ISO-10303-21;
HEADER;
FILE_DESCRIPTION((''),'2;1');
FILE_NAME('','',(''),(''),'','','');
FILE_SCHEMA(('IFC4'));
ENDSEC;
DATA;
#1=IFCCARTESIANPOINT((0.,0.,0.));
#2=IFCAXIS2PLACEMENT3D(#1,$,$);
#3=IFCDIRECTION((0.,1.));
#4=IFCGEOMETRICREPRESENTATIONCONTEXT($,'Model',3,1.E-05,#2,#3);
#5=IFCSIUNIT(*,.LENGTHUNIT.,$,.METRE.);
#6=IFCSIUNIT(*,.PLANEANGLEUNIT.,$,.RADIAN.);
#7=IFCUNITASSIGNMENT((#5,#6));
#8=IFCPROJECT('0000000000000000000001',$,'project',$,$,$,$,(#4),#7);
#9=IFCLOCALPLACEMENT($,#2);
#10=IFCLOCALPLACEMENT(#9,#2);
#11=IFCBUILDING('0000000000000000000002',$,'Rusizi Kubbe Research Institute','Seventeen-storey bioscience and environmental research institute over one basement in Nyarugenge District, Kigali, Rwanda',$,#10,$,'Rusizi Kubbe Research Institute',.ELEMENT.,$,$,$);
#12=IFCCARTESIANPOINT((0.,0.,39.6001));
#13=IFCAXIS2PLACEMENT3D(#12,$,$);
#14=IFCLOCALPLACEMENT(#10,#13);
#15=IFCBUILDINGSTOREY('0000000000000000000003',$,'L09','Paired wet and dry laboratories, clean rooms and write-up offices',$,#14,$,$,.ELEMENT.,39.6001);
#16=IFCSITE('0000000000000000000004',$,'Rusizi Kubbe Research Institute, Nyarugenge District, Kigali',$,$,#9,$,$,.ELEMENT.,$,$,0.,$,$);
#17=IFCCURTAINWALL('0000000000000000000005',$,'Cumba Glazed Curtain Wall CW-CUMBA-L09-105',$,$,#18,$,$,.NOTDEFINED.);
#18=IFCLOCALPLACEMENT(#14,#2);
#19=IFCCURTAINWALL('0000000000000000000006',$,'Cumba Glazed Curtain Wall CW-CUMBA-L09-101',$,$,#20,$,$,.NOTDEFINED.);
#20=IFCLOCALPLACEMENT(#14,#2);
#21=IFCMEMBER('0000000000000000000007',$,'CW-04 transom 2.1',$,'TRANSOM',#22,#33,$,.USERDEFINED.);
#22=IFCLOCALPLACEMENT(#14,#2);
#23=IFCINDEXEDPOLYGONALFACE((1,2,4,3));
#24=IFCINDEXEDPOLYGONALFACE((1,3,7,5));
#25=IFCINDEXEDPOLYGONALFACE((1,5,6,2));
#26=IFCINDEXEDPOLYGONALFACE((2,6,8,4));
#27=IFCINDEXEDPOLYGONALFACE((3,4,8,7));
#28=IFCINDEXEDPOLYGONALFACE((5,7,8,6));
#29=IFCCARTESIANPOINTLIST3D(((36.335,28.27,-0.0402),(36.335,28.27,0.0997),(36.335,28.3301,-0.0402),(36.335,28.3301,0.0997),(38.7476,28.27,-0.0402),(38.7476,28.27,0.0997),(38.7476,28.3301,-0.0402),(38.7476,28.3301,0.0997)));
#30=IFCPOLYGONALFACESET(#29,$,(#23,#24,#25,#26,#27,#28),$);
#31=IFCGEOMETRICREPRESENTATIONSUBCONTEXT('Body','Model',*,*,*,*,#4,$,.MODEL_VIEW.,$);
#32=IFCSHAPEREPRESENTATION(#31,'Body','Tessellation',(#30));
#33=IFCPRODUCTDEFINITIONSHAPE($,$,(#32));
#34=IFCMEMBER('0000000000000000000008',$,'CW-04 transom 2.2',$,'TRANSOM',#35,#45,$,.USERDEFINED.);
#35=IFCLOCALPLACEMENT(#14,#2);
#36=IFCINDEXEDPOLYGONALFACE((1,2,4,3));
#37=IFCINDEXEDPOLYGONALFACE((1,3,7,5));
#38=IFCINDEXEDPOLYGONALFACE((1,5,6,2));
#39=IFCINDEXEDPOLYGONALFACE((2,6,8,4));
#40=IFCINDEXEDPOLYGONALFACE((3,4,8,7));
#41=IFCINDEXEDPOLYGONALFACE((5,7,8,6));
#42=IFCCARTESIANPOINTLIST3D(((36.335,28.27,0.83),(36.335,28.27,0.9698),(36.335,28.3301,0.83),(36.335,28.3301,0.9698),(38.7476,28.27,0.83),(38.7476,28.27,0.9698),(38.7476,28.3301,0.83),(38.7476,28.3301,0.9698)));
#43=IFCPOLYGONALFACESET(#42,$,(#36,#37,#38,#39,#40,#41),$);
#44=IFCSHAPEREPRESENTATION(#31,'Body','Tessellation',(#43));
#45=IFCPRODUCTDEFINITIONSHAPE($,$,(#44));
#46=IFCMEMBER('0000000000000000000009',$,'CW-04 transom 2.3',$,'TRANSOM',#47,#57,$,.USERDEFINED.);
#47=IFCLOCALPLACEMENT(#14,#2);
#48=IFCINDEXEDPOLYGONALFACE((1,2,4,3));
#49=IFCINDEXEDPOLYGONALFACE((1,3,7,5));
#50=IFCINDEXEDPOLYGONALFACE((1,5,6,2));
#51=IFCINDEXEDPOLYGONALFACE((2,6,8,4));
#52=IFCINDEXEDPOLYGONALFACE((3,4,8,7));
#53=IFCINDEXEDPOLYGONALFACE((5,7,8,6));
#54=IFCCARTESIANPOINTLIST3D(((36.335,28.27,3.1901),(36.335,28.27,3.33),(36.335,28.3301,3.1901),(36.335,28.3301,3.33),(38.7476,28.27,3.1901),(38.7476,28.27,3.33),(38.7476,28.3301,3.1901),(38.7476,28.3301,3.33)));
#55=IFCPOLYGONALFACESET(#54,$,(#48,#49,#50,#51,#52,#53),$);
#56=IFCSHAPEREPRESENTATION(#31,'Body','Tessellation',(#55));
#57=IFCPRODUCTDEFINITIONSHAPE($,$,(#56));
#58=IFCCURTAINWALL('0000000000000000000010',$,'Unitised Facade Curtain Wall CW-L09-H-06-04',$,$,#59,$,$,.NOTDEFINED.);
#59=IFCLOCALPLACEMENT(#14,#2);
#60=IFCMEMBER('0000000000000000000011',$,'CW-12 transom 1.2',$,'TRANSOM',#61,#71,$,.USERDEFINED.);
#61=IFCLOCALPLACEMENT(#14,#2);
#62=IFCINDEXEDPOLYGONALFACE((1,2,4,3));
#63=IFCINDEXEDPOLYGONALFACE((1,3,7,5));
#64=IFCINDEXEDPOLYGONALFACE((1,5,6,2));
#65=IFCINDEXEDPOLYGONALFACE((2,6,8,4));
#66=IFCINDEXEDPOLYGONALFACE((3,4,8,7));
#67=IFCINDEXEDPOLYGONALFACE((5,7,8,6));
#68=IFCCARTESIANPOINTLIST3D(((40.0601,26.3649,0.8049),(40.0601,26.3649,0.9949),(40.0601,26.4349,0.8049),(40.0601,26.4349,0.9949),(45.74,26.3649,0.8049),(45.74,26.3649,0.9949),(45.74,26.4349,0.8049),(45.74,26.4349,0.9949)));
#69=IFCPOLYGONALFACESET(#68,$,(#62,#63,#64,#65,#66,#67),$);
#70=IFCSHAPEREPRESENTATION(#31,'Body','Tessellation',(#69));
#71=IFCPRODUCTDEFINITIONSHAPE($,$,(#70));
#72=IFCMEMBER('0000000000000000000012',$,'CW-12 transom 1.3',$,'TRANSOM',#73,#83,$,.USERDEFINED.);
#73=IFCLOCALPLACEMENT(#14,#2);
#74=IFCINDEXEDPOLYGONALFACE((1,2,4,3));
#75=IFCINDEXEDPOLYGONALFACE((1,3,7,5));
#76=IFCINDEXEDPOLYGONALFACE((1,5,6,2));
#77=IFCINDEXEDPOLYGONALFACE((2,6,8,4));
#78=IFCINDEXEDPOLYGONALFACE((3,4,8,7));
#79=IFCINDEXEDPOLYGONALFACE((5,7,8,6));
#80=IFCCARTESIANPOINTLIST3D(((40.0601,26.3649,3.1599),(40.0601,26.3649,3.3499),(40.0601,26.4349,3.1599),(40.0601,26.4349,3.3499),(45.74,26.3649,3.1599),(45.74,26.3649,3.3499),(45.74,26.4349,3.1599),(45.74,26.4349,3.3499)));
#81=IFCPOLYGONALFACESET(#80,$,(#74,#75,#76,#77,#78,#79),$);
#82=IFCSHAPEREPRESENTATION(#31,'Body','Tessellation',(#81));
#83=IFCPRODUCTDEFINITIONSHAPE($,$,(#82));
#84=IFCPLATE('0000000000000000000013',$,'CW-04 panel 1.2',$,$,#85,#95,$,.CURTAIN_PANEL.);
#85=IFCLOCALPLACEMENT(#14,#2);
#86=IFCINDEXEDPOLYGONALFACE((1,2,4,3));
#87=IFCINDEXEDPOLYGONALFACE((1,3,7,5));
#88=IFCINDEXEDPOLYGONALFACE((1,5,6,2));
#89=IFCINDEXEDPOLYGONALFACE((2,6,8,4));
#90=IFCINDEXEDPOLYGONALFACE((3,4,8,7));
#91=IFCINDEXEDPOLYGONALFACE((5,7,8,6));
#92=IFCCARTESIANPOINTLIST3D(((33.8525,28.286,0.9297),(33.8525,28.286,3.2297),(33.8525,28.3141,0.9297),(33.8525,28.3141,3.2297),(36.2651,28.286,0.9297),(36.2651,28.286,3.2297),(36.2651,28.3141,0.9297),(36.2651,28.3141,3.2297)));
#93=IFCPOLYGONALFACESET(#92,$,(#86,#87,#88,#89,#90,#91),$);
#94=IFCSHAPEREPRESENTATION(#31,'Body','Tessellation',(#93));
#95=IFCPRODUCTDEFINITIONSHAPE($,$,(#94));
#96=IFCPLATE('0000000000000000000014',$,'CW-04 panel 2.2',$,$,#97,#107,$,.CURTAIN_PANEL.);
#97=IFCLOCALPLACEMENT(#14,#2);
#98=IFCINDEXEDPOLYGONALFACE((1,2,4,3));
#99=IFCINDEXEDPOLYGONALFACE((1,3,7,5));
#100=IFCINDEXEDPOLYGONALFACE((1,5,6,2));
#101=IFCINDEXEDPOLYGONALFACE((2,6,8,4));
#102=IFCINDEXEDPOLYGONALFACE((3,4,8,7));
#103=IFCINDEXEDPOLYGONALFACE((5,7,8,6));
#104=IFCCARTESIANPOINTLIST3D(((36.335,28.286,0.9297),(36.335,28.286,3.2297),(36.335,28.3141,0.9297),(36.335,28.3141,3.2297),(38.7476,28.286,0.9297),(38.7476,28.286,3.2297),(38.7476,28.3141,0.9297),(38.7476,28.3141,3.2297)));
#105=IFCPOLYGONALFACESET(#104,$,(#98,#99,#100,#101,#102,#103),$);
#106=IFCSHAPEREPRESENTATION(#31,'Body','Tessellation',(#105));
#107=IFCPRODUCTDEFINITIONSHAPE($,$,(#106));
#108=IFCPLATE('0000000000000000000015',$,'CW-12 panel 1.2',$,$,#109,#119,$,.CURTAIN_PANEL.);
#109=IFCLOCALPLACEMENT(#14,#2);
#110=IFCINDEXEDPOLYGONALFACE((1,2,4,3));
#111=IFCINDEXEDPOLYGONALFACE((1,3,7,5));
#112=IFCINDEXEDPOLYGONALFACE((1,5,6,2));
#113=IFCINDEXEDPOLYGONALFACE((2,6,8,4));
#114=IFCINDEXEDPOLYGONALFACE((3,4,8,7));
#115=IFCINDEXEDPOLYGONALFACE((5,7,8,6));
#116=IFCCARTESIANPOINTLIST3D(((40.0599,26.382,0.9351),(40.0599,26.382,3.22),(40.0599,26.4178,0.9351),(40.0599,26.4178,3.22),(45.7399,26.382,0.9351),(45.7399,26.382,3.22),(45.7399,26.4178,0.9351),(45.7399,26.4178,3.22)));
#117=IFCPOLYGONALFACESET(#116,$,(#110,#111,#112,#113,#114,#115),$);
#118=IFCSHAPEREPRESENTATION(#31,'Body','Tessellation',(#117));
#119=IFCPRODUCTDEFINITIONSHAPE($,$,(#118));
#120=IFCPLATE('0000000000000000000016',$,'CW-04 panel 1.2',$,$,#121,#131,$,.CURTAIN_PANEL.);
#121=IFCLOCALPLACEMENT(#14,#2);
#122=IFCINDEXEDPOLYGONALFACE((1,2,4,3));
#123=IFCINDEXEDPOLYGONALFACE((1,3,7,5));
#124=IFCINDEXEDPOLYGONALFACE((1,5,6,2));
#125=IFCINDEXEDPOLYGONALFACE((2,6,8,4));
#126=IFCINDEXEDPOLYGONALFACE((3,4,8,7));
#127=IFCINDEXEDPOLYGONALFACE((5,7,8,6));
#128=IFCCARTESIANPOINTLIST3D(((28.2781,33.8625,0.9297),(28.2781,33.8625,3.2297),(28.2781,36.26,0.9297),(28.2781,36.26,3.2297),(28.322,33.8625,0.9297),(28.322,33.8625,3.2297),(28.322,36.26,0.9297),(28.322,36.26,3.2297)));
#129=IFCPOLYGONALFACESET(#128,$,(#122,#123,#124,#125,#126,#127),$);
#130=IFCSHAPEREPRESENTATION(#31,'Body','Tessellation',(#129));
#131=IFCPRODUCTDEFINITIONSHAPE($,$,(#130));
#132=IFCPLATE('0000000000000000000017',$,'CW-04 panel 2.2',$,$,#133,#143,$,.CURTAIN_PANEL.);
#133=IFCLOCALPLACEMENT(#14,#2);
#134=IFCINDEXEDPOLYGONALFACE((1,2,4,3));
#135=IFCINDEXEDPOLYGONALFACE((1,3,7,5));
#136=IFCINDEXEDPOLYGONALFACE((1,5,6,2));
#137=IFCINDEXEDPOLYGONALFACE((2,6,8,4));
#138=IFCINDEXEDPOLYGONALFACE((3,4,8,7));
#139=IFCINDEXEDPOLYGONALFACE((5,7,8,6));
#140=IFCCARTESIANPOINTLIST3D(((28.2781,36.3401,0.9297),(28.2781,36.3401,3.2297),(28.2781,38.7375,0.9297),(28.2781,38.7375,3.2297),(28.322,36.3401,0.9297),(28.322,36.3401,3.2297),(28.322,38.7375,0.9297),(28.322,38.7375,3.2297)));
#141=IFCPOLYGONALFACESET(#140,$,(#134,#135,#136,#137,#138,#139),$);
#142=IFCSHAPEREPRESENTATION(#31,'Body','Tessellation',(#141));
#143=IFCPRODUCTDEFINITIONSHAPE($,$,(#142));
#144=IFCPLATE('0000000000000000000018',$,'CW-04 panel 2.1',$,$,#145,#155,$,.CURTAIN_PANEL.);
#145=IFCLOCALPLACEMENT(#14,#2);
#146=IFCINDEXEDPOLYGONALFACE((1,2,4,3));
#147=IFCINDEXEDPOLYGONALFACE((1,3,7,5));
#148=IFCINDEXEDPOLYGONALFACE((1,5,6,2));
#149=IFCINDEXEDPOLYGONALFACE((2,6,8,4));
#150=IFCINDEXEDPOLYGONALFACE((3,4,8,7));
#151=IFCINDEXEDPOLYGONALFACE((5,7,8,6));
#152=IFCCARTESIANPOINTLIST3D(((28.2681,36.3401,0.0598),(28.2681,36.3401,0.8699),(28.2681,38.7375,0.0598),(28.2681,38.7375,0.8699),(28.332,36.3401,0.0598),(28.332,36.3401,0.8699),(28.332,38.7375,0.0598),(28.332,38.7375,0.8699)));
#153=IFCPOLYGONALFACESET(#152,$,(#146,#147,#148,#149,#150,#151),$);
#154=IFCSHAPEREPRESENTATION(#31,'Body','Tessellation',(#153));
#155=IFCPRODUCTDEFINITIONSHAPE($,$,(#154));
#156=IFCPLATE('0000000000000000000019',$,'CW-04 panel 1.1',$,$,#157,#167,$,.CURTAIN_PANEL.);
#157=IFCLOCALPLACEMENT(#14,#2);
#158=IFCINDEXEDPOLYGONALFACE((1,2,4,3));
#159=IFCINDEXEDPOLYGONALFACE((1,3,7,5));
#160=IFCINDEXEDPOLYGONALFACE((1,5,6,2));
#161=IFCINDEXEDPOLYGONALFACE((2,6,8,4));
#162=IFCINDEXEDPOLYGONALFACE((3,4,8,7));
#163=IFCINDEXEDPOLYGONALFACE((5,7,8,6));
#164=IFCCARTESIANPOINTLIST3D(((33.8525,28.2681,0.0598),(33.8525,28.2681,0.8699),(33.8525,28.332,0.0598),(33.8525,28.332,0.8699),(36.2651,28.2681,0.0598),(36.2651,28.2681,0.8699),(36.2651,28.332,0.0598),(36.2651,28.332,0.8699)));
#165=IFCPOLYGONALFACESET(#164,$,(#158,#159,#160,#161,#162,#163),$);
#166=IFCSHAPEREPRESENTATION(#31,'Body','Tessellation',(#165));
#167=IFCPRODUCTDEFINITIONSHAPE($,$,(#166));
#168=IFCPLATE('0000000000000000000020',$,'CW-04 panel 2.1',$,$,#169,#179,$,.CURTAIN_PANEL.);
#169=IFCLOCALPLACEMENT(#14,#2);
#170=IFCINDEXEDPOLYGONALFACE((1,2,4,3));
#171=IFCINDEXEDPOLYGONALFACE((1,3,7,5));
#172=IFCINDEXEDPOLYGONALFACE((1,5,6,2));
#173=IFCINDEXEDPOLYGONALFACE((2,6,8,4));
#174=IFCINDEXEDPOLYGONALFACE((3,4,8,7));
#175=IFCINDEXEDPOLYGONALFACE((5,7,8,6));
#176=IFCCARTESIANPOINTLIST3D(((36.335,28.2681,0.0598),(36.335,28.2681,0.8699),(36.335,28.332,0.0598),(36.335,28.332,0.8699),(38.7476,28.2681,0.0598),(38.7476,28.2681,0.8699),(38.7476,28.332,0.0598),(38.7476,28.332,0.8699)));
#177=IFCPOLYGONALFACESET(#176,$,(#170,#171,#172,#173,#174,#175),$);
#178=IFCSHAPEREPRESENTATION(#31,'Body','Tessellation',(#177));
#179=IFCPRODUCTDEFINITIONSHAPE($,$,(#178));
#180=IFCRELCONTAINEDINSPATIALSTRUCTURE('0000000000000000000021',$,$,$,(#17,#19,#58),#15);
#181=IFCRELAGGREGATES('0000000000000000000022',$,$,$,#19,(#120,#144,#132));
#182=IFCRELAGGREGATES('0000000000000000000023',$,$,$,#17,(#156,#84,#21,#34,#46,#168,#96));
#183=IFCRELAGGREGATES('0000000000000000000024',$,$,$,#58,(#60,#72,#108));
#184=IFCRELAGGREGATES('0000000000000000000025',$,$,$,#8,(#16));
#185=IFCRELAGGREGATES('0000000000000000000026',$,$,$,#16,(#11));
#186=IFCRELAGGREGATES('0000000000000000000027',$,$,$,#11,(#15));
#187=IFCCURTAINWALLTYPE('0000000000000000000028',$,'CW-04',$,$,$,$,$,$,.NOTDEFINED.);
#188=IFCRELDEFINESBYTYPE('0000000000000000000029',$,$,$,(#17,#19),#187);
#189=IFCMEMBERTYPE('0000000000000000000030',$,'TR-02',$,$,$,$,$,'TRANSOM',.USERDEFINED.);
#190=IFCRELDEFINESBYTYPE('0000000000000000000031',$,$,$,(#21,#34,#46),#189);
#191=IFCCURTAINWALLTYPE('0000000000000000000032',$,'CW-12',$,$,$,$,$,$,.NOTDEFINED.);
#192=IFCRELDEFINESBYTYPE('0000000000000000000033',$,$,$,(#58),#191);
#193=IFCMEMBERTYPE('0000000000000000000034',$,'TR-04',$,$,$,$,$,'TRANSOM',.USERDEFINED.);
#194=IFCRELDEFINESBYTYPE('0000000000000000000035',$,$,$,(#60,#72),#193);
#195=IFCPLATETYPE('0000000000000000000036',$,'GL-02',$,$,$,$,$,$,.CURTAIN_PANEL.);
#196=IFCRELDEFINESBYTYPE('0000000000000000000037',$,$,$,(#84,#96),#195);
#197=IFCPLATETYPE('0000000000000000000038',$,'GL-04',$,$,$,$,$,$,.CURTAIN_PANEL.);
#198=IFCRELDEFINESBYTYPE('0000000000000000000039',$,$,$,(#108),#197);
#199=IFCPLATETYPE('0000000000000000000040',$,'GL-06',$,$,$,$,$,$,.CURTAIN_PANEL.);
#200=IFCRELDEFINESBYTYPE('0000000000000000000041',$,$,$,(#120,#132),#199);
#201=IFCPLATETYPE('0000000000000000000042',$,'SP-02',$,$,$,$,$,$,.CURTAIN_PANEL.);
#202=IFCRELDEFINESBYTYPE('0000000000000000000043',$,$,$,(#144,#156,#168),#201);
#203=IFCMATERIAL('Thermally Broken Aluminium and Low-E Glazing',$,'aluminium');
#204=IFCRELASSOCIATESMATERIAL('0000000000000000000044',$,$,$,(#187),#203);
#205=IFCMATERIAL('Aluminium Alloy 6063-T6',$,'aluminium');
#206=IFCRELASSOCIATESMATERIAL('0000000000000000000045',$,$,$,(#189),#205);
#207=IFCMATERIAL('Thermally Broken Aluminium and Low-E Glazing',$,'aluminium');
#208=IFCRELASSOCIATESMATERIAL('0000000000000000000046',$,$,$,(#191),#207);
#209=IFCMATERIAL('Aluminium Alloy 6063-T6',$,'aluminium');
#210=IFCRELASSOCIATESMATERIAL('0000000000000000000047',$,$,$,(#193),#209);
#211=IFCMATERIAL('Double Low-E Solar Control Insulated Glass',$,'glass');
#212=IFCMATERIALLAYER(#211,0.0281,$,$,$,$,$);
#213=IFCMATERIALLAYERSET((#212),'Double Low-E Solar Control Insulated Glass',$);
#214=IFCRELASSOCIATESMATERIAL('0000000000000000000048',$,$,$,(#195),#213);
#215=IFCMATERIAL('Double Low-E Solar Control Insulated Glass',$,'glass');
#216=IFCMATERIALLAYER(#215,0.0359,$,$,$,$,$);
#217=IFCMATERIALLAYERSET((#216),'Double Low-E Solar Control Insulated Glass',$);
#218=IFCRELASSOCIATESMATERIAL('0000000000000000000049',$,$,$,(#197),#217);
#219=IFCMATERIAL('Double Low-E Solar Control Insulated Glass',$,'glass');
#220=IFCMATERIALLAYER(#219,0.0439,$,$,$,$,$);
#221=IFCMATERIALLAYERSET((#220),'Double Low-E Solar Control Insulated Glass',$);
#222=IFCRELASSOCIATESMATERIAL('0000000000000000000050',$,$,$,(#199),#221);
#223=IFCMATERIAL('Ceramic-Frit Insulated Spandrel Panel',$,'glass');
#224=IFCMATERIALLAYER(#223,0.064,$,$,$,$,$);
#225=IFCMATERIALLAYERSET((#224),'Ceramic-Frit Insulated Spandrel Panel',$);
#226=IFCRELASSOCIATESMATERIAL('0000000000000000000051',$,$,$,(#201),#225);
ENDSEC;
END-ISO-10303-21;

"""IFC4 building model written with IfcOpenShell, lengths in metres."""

from ifc_helpers import new_model, si_unit, direction, frame, origin, origin_2d, place, context, subcontext, project, spatial, rectangle, extrude, material, layer, layer_set, material_profile, profile_set, type_object, element, aggregate, save


model = new_model("IFC4")

# Units and contexts
model_context = context("Model", 3, precision=1e-05, world=origin(), true_north=direction((0.0, 1.0)))
body_context = subcontext(model_context, "Body", "Model", "MODEL_VIEW")
ifc_project = project(units=[si_unit("LENGTHUNIT", "METRE"), si_unit("PLANEANGLEUNIT", "RADIAN")], contexts=[model_context])

# Site, building, storey
site_placement = place(None, origin())
site = spatial("IfcSite", under=ifc_project, at=site_placement, Name="Rusizi Kubbe Research Institute, Nyarugenge District, Kigali", CompositionType="ELEMENT", RefElevation=0.0)
building_placement = place(site_placement, origin())
building = spatial("IfcBuilding", under=site, at=building_placement, Name="Rusizi Kubbe Research Institute", Description="Seventeen-storey bioscience and environmental research institute over one basement in Nyarugenge District, Kigali, Rwanda", LongName="Rusizi Kubbe Research Institute", CompositionType="ELEMENT")
storey_placement = place(building_placement, frame((0.0, 0.0, 39.6001)))
storey = spatial("IfcBuildingStorey", under=building, at=storey_placement, Name="L09", Description="Paired wet and dry laboratories, clean rooms and write-up offices", CompositionType="ELEMENT", Elevation=39.6001)

# Curtain walls
ifc_material_1 = material(Name="Thermally Broken Aluminium and Low-E Glazing", Category="aluminium")
curtain_wall_type_1 = type_object("IfcCurtainWallType", Name="CW-04", PredefinedType="NOTDEFINED", material=ifc_material_1)
curtain_wall_1_placement = place(storey_placement, origin())
curtain_wall_1 = element("IfcCurtainWall", 1, at=curtain_wall_1_placement, inside=storey, type_object=curtain_wall_type_1, Name="Cumba Glazed Curtain Wall CW-CUMBA-L09-105", PredefinedType="NOTDEFINED")
curtain_wall_2_placement = place(storey_placement, origin())
curtain_wall_2 = element("IfcCurtainWall", 2, at=curtain_wall_2_placement, inside=storey, type_object=curtain_wall_type_1, Name="Cumba Glazed Curtain Wall CW-CUMBA-L09-101", PredefinedType="NOTDEFINED")
ifc_material_2 = material(Name="Aluminium Alloy 6063-T6", Category="aluminium")
ifc_material_profile_1 = material_profile(ifc_material_2, rectangle(XDim=0.0601, YDim=0.1399, at=origin_2d()), Name="ALU-T 60x140")
ifc_profile_set_1 = profile_set([ifc_material_profile_1], Name="Aluminium Alloy 6063-T6")
member_type_1 = type_object("IfcMemberType", Name="TR-02", ElementType="TRANSOM", PredefinedType="USERDEFINED", material=ifc_profile_set_1)

# Members
member_1_placement = place(storey_placement, frame((36.335, 28.3, 0.0298), z_axis=(1.0, 0.0, 0.0), x_axis=(0.0, 1.0, 0.0)))
member_1 = element("IfcMember", 3, at=member_1_placement, type_object=member_type_1, Name="CW-04 transom 2.1", ObjectType="TRANSOM", PredefinedType="USERDEFINED", context=body_context, shape_type="SweptSolid", body=[
    extrude(rectangle(XDim=0.0601, YDim=0.1399, at=origin_2d()), origin(), (0.0, 0.0, 1.0), 2.4126),
])
member_2_placement = place(storey_placement, frame((36.335, 28.3, 0.8999), z_axis=(1.0, 0.0, 0.0), x_axis=(0.0, 1.0, 0.0)))
member_2 = element("IfcMember", 4, at=member_2_placement, type_object=member_type_1, Name="CW-04 transom 2.2", ObjectType="TRANSOM", PredefinedType="USERDEFINED", context=body_context, shape_type="SweptSolid", body=[
    extrude(rectangle(XDim=0.0601, YDim=0.1399, at=origin_2d()), origin(), (0.0, 0.0, 1.0), 2.4126),
])
member_3_placement = place(storey_placement, frame((36.335, 28.3, 3.26), z_axis=(1.0, 0.0, 0.0), x_axis=(0.0, 1.0, 0.0)))
member_3 = element("IfcMember", 5, at=member_3_placement, type_object=member_type_1, Name="CW-04 transom 2.3", ObjectType="TRANSOM", PredefinedType="USERDEFINED", context=body_context, shape_type="SweptSolid", body=[
    extrude(rectangle(XDim=0.0601, YDim=0.1399, at=origin_2d()), origin(), (0.0, 0.0, 1.0), 2.4126),
])

# Curtain wall, members
ifc_material_3 = material(Name="Thermally Broken Aluminium and Low-E Glazing", Category="aluminium")
curtain_wall_type_2 = type_object("IfcCurtainWallType", Name="CW-12", PredefinedType="NOTDEFINED", material=ifc_material_3)
curtain_wall_3_placement = place(storey_placement, origin())
curtain_wall_3 = element("IfcCurtainWall", 6, at=curtain_wall_3_placement, inside=storey, type_object=curtain_wall_type_2, Name="Unitised Facade Curtain Wall CW-L09-H-06-04", PredefinedType="NOTDEFINED")
ifc_material_4 = material(Name="Aluminium Alloy 6063-T6", Category="aluminium")
ifc_material_profile_2 = material_profile(ifc_material_4, rectangle(XDim=0.0701, YDim=0.1899, at=origin_2d()), Name="ALU-T 70x190")
ifc_profile_set_2 = profile_set([ifc_material_profile_2], Name="Aluminium Alloy 6063-T6")
member_type_2 = type_object("IfcMemberType", Name="TR-04", ElementType="TRANSOM", PredefinedType="USERDEFINED", material=ifc_profile_set_2)
member_4_placement = place(storey_placement, frame((40.0601, 26.3999, 0.8999), z_axis=(1.0, 0.0, 0.0), x_axis=(0.0, 1.0, 0.0)))
member_4 = element("IfcMember", 7, at=member_4_placement, type_object=member_type_2, Name="CW-12 transom 1.2", ObjectType="TRANSOM", PredefinedType="USERDEFINED", context=body_context, shape_type="SweptSolid", body=[
    extrude(rectangle(XDim=0.0701, YDim=0.1899, at=origin_2d()), origin(), (0.0, 0.0, 1.0), 5.6799),
])
member_5_placement = place(storey_placement, frame((40.0601, 26.3999, 3.2549), z_axis=(1.0, 0.0, 0.0), x_axis=(0.0, 1.0, 0.0)))
member_5 = element("IfcMember", 8, at=member_5_placement, type_object=member_type_2, Name="CW-12 transom 1.3", ObjectType="TRANSOM", PredefinedType="USERDEFINED", context=body_context, shape_type="SweptSolid", body=[
    extrude(rectangle(XDim=0.0701, YDim=0.1899, at=origin_2d()), origin(), (0.0, 0.0, 1.0), 5.6799),
])

# Plates
ifc_material_5 = material(Name="Double Low-E Solar Control Insulated Glass", Category="glass")
ifc_layer_1 = layer(ifc_material_5, 0.0281)
ifc_layer_set_1 = layer_set([ifc_layer_1], Name="Double Low-E Solar Control Insulated Glass")
plate_type_1 = type_object("IfcPlateType", Name="GL-02", PredefinedType="CURTAIN_PANEL", material=ifc_layer_set_1)
plate_1_placement = place(storey_placement, frame((35.0588, 28.3, 0.9297), z_axis=(0.0, 0.0, 1.0), x_axis=(1.0, 0.0, 0.0)))
plate_1 = element("IfcPlate", 9, at=plate_1_placement, type_object=plate_type_1, Name="CW-04 panel 1.2", PredefinedType="CURTAIN_PANEL", context=body_context, shape_type="SweptSolid", body=[
    extrude(rectangle(XDim=2.4126, YDim=0.0281, at=origin_2d()), origin(), (0.0, 0.0, 1.0), 2.3),
])
plate_2_placement = place(storey_placement, frame((37.5413, 28.3, 0.9297), z_axis=(0.0, 0.0, 1.0), x_axis=(1.0, 0.0, 0.0)))
plate_2 = element("IfcPlate", 10, at=plate_2_placement, type_object=plate_type_1, Name="CW-04 panel 2.2", PredefinedType="CURTAIN_PANEL", context=body_context, shape_type="SweptSolid", body=[
    extrude(rectangle(XDim=2.4126, YDim=0.0281, at=origin_2d()), origin(), (0.0, 0.0, 1.0), 2.3),
])
ifc_material_6 = material(Name="Double Low-E Solar Control Insulated Glass", Category="glass")
ifc_layer_2 = layer(ifc_material_6, 0.0359)
ifc_layer_set_2 = layer_set([ifc_layer_2], Name="Double Low-E Solar Control Insulated Glass")
plate_type_2 = type_object("IfcPlateType", Name="GL-04", PredefinedType="CURTAIN_PANEL", material=ifc_layer_set_2)
plate_3_placement = place(storey_placement, frame((42.8999, 26.3999, 0.9351), z_axis=(0.0, 0.0, 1.0), x_axis=(1.0, 0.0, 0.0)))
plate_3 = element("IfcPlate", 11, at=plate_3_placement, type_object=plate_type_2, Name="CW-12 panel 1.2", PredefinedType="CURTAIN_PANEL", context=body_context, shape_type="SweptSolid", body=[
    extrude(rectangle(XDim=5.6799, YDim=0.0359, at=origin_2d()), origin(), (0.0, 0.0, 1.0), 2.2849),
])
ifc_material_7 = material(Name="Double Low-E Solar Control Insulated Glass", Category="glass")
ifc_layer_3 = layer(ifc_material_7, 0.0439)
ifc_layer_set_3 = layer_set([ifc_layer_3], Name="Double Low-E Solar Control Insulated Glass")
plate_type_3 = type_object("IfcPlateType", Name="GL-06", PredefinedType="CURTAIN_PANEL", material=ifc_layer_set_3)
plate_4_placement = place(storey_placement, frame((28.3, 35.0613, 0.9297), z_axis=(0.0, 0.0, 1.0), x_axis=(0.0, 1.0, 0.0)))
plate_4 = element("IfcPlate", 12, at=plate_4_placement, type_object=plate_type_3, Name="CW-04 panel 1.2", PredefinedType="CURTAIN_PANEL", context=body_context, shape_type="SweptSolid", body=[
    extrude(rectangle(XDim=2.3975, YDim=0.0439, at=origin_2d()), origin(), (0.0, 0.0, 1.0), 2.3),
])
plate_5_placement = place(storey_placement, frame((28.3, 37.5388, 0.9297), z_axis=(0.0, 0.0, 1.0), x_axis=(0.0, 1.0, 0.0)))
plate_5 = element("IfcPlate", 13, at=plate_5_placement, type_object=plate_type_3, Name="CW-04 panel 2.2", PredefinedType="CURTAIN_PANEL", context=body_context, shape_type="SweptSolid", body=[
    extrude(rectangle(XDim=2.3975, YDim=0.0439, at=origin_2d()), origin(), (0.0, 0.0, 1.0), 2.3),
])
ifc_material_8 = material(Name="Ceramic-Frit Insulated Spandrel Panel", Category="glass")
ifc_layer_4 = layer(ifc_material_8, 0.064)
ifc_layer_set_4 = layer_set([ifc_layer_4], Name="Ceramic-Frit Insulated Spandrel Panel")
plate_type_4 = type_object("IfcPlateType", Name="SP-02", PredefinedType="CURTAIN_PANEL", material=ifc_layer_set_4)
plate_6_placement = place(storey_placement, frame((28.3, 37.5388, 0.0598), z_axis=(0.0, 0.0, 1.0), x_axis=(0.0, 1.0, 0.0)))
plate_6 = element("IfcPlate", 14, at=plate_6_placement, type_object=plate_type_4, Name="CW-04 panel 2.1", PredefinedType="CURTAIN_PANEL", context=body_context, shape_type="SweptSolid", body=[
    extrude(rectangle(XDim=2.3975, YDim=0.064, at=origin_2d()), origin(), (0.0, 0.0, 1.0), 0.8101),
])
aggregate(curtain_wall_2, [plate_4, plate_6, plate_5])
plate_7_placement = place(storey_placement, frame((35.0588, 28.3, 0.0598), z_axis=(0.0, 0.0, 1.0), x_axis=(1.0, 0.0, 0.0)))
plate_7 = element("IfcPlate", 15, at=plate_7_placement, type_object=plate_type_4, Name="CW-04 panel 1.1", PredefinedType="CURTAIN_PANEL", context=body_context, shape_type="SweptSolid", body=[
    extrude(rectangle(XDim=2.4126, YDim=0.064, at=origin_2d()), origin(), (0.0, 0.0, 1.0), 0.8101),
])
plate_8_placement = place(storey_placement, frame((37.5413, 28.3, 0.0598), z_axis=(0.0, 0.0, 1.0), x_axis=(1.0, 0.0, 0.0)))
plate_8 = element("IfcPlate", 16, at=plate_8_placement, type_object=plate_type_4, Name="CW-04 panel 2.1", PredefinedType="CURTAIN_PANEL", context=body_context, shape_type="SweptSolid", body=[
    extrude(rectangle(XDim=2.4126, YDim=0.064, at=origin_2d()), origin(), (0.0, 0.0, 1.0), 0.8101),
])
aggregate(curtain_wall_1, [plate_7, plate_1, member_1, member_2, member_3, plate_8, plate_2])
aggregate(curtain_wall_3, [member_4, member_5, plate_3])

save(model, "model.ifc")
